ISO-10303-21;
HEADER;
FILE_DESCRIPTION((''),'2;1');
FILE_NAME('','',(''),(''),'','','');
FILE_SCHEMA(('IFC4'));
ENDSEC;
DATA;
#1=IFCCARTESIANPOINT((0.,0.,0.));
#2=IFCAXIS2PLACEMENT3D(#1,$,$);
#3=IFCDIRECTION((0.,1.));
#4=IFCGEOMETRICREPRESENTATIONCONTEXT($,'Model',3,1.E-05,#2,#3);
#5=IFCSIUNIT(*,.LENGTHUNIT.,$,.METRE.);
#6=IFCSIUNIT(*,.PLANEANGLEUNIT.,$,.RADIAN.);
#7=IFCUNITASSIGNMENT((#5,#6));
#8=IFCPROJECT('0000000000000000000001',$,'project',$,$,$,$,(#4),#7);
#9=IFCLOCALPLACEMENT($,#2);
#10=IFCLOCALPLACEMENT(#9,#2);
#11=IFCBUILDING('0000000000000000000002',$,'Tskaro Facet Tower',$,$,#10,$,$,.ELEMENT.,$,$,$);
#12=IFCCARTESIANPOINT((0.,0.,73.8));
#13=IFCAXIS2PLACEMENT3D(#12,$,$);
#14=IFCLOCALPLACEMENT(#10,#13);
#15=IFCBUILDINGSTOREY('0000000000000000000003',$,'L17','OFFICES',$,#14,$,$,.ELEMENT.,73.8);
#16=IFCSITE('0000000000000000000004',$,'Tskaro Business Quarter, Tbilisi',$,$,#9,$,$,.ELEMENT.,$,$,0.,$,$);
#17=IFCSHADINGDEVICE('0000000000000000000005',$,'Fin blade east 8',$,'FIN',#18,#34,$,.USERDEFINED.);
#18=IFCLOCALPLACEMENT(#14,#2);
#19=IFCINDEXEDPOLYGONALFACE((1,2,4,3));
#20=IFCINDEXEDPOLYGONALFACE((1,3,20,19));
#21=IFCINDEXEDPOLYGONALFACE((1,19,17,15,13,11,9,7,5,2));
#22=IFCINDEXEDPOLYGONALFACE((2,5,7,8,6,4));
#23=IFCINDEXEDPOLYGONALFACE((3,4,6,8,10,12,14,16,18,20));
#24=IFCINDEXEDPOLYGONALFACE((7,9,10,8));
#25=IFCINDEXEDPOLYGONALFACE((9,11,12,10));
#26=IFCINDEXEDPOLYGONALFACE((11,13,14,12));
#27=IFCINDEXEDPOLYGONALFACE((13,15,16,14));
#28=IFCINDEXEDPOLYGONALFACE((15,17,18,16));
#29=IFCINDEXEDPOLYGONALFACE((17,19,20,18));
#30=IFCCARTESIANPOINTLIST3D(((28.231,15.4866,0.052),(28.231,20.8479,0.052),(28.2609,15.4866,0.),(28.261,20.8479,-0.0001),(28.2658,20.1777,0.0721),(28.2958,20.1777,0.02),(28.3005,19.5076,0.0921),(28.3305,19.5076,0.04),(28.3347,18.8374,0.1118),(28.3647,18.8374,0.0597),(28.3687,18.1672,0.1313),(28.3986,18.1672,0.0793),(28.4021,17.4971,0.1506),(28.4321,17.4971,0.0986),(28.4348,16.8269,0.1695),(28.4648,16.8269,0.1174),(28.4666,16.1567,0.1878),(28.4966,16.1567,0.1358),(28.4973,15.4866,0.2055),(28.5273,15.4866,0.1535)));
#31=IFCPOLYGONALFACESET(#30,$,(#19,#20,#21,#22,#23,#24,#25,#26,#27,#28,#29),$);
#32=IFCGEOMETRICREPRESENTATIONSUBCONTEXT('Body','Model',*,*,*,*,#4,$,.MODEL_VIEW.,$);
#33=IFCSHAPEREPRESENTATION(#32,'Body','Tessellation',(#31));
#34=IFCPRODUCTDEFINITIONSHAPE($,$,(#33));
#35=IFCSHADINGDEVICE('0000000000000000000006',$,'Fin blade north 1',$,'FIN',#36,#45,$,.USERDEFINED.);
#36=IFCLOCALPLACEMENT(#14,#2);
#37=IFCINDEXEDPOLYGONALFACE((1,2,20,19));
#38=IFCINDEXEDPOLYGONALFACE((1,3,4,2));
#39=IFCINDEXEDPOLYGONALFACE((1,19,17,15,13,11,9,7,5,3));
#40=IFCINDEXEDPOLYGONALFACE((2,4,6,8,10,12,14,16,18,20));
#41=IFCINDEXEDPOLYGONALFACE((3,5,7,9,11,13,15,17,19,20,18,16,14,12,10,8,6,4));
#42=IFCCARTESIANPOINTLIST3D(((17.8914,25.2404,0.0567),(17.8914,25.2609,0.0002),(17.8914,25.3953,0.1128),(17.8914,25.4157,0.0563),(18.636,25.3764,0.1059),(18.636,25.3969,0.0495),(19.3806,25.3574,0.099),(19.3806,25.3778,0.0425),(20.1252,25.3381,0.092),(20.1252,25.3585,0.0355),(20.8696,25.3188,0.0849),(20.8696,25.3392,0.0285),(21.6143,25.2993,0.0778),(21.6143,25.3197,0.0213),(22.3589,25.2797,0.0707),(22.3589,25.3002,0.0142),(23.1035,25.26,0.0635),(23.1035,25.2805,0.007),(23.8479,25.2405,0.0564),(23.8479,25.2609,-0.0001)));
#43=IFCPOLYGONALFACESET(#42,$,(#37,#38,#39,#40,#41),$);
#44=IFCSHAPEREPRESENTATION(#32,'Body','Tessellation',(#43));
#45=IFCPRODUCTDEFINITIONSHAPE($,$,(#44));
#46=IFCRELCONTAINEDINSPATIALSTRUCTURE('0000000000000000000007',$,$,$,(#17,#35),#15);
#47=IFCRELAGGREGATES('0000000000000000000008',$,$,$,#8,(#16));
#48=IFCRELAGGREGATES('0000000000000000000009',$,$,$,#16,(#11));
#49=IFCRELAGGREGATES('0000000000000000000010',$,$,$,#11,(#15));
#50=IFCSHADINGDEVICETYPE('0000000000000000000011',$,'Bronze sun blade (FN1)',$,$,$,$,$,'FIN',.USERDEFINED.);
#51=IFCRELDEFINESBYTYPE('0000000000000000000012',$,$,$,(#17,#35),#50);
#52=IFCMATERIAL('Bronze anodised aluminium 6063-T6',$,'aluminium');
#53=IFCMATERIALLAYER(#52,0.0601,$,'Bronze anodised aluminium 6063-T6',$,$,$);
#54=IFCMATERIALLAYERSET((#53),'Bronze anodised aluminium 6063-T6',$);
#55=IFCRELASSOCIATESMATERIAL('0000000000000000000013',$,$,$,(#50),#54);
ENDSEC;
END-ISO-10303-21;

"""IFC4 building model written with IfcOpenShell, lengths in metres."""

from ifc_helpers import new_model, si_unit, direction, frame, origin, place, context, subcontext, project, spatial, polyline, outline, extrude, material, layer, layer_set, type_object, element, save


model = new_model("IFC4")

# Units and contexts
model_context = context("Model", 3, precision=1e-05, world=origin(), true_north=direction((0.0, 1.0)))
body_context = subcontext(model_context, "Body", "Model", "MODEL_VIEW")
ifc_project = project(units=[si_unit("LENGTHUNIT", "METRE"), si_unit("PLANEANGLEUNIT", "RADIAN")], contexts=[model_context])

# Site, building, storey
site_placement = place(None, origin())
site = spatial("IfcSite", under=ifc_project, at=site_placement, Name="Tskaro Business Quarter, Tbilisi", CompositionType="ELEMENT", RefElevation=0.0)
building_placement = place(site_placement, origin())
building = spatial("IfcBuilding", under=site, at=building_placement, Name="Tskaro Facet Tower", CompositionType="ELEMENT")
storey_placement = place(building_placement, frame((0.0, 0.0, 73.8)))
storey = spatial("IfcBuildingStorey", under=building, at=storey_placement, Name="L17", Description="OFFICES", CompositionType="ELEMENT", Elevation=73.8)

# Shared definitions
ifc_material_1 = material(Name="Bronze anodised aluminium 6063-T6", Category="aluminium")

# Shading devices
ifc_layer_1 = layer(ifc_material_1, 0.0601, Name="Bronze anodised aluminium 6063-T6")
ifc_layer_set_1 = layer_set([ifc_layer_1], Name="Bronze anodised aluminium 6063-T6")
shading_device_type = type_object("IfcShadingDeviceType", Name="Bronze sun blade (FN1)", ElementType="FIN", PredefinedType="USERDEFINED", material=ifc_layer_set_1)
shading_device_1_placement = place(storey_placement, frame((28.231, 15.4866, 0.052), z_axis=(-0.499344, 0.000009, 0.866404), x_axis=(0.000004, 1.0, -0.000008)))
element("IfcShadingDevice", 1, at=shading_device_1_placement, inside=storey, type_object=shading_device_type, Name="Fin blade east 8", ObjectType="FIN", PredefinedType="USERDEFINED", context=body_context, shape_type="SweptSolid", body=[
    extrude(outline(polyline([(0.0, 0.0), (5.3613, 0.0), (4.6912, -0.0402), (4.021, -0.0803), (3.3508, -0.1198), (2.6807, -0.1589), (2.0105, -0.1975), (1.3403, -0.2353), (0.6702, -0.272), (0.0, -0.3075), (0.0, 0.0)])), origin(), (0.0, 0.0, -1.0), 0.0601),
])
shading_device_2_placement = place(storey_placement, frame((23.8479, 25.2405, 0.0564), z_axis=(0.000046, -0.340783, 0.940142), x_axis=(-1.0, -0.000016, 0.000043)))
element("IfcShadingDevice", 2, at=shading_device_2_placement, inside=storey, type_object=shading_device_type, Name="Fin blade north 1", ObjectType="FIN", PredefinedType="USERDEFINED", context=body_context, shape_type="SweptSolid", body=[
    extrude(outline(polyline([(0.0, 0.0), (5.9565, 0.0), (5.9565, -0.1647), (5.2119, -0.1447), (4.4673, -0.1244), (3.7227, -0.1039), (2.9783, -0.0833), (2.2336, -0.0626), (1.489, -0.0418), (0.7444, -0.0208), (0.0, 0.0)])), origin(), (0.0, 0.0, -1.0), 0.0601),
])

save(model, "model.ifc")
